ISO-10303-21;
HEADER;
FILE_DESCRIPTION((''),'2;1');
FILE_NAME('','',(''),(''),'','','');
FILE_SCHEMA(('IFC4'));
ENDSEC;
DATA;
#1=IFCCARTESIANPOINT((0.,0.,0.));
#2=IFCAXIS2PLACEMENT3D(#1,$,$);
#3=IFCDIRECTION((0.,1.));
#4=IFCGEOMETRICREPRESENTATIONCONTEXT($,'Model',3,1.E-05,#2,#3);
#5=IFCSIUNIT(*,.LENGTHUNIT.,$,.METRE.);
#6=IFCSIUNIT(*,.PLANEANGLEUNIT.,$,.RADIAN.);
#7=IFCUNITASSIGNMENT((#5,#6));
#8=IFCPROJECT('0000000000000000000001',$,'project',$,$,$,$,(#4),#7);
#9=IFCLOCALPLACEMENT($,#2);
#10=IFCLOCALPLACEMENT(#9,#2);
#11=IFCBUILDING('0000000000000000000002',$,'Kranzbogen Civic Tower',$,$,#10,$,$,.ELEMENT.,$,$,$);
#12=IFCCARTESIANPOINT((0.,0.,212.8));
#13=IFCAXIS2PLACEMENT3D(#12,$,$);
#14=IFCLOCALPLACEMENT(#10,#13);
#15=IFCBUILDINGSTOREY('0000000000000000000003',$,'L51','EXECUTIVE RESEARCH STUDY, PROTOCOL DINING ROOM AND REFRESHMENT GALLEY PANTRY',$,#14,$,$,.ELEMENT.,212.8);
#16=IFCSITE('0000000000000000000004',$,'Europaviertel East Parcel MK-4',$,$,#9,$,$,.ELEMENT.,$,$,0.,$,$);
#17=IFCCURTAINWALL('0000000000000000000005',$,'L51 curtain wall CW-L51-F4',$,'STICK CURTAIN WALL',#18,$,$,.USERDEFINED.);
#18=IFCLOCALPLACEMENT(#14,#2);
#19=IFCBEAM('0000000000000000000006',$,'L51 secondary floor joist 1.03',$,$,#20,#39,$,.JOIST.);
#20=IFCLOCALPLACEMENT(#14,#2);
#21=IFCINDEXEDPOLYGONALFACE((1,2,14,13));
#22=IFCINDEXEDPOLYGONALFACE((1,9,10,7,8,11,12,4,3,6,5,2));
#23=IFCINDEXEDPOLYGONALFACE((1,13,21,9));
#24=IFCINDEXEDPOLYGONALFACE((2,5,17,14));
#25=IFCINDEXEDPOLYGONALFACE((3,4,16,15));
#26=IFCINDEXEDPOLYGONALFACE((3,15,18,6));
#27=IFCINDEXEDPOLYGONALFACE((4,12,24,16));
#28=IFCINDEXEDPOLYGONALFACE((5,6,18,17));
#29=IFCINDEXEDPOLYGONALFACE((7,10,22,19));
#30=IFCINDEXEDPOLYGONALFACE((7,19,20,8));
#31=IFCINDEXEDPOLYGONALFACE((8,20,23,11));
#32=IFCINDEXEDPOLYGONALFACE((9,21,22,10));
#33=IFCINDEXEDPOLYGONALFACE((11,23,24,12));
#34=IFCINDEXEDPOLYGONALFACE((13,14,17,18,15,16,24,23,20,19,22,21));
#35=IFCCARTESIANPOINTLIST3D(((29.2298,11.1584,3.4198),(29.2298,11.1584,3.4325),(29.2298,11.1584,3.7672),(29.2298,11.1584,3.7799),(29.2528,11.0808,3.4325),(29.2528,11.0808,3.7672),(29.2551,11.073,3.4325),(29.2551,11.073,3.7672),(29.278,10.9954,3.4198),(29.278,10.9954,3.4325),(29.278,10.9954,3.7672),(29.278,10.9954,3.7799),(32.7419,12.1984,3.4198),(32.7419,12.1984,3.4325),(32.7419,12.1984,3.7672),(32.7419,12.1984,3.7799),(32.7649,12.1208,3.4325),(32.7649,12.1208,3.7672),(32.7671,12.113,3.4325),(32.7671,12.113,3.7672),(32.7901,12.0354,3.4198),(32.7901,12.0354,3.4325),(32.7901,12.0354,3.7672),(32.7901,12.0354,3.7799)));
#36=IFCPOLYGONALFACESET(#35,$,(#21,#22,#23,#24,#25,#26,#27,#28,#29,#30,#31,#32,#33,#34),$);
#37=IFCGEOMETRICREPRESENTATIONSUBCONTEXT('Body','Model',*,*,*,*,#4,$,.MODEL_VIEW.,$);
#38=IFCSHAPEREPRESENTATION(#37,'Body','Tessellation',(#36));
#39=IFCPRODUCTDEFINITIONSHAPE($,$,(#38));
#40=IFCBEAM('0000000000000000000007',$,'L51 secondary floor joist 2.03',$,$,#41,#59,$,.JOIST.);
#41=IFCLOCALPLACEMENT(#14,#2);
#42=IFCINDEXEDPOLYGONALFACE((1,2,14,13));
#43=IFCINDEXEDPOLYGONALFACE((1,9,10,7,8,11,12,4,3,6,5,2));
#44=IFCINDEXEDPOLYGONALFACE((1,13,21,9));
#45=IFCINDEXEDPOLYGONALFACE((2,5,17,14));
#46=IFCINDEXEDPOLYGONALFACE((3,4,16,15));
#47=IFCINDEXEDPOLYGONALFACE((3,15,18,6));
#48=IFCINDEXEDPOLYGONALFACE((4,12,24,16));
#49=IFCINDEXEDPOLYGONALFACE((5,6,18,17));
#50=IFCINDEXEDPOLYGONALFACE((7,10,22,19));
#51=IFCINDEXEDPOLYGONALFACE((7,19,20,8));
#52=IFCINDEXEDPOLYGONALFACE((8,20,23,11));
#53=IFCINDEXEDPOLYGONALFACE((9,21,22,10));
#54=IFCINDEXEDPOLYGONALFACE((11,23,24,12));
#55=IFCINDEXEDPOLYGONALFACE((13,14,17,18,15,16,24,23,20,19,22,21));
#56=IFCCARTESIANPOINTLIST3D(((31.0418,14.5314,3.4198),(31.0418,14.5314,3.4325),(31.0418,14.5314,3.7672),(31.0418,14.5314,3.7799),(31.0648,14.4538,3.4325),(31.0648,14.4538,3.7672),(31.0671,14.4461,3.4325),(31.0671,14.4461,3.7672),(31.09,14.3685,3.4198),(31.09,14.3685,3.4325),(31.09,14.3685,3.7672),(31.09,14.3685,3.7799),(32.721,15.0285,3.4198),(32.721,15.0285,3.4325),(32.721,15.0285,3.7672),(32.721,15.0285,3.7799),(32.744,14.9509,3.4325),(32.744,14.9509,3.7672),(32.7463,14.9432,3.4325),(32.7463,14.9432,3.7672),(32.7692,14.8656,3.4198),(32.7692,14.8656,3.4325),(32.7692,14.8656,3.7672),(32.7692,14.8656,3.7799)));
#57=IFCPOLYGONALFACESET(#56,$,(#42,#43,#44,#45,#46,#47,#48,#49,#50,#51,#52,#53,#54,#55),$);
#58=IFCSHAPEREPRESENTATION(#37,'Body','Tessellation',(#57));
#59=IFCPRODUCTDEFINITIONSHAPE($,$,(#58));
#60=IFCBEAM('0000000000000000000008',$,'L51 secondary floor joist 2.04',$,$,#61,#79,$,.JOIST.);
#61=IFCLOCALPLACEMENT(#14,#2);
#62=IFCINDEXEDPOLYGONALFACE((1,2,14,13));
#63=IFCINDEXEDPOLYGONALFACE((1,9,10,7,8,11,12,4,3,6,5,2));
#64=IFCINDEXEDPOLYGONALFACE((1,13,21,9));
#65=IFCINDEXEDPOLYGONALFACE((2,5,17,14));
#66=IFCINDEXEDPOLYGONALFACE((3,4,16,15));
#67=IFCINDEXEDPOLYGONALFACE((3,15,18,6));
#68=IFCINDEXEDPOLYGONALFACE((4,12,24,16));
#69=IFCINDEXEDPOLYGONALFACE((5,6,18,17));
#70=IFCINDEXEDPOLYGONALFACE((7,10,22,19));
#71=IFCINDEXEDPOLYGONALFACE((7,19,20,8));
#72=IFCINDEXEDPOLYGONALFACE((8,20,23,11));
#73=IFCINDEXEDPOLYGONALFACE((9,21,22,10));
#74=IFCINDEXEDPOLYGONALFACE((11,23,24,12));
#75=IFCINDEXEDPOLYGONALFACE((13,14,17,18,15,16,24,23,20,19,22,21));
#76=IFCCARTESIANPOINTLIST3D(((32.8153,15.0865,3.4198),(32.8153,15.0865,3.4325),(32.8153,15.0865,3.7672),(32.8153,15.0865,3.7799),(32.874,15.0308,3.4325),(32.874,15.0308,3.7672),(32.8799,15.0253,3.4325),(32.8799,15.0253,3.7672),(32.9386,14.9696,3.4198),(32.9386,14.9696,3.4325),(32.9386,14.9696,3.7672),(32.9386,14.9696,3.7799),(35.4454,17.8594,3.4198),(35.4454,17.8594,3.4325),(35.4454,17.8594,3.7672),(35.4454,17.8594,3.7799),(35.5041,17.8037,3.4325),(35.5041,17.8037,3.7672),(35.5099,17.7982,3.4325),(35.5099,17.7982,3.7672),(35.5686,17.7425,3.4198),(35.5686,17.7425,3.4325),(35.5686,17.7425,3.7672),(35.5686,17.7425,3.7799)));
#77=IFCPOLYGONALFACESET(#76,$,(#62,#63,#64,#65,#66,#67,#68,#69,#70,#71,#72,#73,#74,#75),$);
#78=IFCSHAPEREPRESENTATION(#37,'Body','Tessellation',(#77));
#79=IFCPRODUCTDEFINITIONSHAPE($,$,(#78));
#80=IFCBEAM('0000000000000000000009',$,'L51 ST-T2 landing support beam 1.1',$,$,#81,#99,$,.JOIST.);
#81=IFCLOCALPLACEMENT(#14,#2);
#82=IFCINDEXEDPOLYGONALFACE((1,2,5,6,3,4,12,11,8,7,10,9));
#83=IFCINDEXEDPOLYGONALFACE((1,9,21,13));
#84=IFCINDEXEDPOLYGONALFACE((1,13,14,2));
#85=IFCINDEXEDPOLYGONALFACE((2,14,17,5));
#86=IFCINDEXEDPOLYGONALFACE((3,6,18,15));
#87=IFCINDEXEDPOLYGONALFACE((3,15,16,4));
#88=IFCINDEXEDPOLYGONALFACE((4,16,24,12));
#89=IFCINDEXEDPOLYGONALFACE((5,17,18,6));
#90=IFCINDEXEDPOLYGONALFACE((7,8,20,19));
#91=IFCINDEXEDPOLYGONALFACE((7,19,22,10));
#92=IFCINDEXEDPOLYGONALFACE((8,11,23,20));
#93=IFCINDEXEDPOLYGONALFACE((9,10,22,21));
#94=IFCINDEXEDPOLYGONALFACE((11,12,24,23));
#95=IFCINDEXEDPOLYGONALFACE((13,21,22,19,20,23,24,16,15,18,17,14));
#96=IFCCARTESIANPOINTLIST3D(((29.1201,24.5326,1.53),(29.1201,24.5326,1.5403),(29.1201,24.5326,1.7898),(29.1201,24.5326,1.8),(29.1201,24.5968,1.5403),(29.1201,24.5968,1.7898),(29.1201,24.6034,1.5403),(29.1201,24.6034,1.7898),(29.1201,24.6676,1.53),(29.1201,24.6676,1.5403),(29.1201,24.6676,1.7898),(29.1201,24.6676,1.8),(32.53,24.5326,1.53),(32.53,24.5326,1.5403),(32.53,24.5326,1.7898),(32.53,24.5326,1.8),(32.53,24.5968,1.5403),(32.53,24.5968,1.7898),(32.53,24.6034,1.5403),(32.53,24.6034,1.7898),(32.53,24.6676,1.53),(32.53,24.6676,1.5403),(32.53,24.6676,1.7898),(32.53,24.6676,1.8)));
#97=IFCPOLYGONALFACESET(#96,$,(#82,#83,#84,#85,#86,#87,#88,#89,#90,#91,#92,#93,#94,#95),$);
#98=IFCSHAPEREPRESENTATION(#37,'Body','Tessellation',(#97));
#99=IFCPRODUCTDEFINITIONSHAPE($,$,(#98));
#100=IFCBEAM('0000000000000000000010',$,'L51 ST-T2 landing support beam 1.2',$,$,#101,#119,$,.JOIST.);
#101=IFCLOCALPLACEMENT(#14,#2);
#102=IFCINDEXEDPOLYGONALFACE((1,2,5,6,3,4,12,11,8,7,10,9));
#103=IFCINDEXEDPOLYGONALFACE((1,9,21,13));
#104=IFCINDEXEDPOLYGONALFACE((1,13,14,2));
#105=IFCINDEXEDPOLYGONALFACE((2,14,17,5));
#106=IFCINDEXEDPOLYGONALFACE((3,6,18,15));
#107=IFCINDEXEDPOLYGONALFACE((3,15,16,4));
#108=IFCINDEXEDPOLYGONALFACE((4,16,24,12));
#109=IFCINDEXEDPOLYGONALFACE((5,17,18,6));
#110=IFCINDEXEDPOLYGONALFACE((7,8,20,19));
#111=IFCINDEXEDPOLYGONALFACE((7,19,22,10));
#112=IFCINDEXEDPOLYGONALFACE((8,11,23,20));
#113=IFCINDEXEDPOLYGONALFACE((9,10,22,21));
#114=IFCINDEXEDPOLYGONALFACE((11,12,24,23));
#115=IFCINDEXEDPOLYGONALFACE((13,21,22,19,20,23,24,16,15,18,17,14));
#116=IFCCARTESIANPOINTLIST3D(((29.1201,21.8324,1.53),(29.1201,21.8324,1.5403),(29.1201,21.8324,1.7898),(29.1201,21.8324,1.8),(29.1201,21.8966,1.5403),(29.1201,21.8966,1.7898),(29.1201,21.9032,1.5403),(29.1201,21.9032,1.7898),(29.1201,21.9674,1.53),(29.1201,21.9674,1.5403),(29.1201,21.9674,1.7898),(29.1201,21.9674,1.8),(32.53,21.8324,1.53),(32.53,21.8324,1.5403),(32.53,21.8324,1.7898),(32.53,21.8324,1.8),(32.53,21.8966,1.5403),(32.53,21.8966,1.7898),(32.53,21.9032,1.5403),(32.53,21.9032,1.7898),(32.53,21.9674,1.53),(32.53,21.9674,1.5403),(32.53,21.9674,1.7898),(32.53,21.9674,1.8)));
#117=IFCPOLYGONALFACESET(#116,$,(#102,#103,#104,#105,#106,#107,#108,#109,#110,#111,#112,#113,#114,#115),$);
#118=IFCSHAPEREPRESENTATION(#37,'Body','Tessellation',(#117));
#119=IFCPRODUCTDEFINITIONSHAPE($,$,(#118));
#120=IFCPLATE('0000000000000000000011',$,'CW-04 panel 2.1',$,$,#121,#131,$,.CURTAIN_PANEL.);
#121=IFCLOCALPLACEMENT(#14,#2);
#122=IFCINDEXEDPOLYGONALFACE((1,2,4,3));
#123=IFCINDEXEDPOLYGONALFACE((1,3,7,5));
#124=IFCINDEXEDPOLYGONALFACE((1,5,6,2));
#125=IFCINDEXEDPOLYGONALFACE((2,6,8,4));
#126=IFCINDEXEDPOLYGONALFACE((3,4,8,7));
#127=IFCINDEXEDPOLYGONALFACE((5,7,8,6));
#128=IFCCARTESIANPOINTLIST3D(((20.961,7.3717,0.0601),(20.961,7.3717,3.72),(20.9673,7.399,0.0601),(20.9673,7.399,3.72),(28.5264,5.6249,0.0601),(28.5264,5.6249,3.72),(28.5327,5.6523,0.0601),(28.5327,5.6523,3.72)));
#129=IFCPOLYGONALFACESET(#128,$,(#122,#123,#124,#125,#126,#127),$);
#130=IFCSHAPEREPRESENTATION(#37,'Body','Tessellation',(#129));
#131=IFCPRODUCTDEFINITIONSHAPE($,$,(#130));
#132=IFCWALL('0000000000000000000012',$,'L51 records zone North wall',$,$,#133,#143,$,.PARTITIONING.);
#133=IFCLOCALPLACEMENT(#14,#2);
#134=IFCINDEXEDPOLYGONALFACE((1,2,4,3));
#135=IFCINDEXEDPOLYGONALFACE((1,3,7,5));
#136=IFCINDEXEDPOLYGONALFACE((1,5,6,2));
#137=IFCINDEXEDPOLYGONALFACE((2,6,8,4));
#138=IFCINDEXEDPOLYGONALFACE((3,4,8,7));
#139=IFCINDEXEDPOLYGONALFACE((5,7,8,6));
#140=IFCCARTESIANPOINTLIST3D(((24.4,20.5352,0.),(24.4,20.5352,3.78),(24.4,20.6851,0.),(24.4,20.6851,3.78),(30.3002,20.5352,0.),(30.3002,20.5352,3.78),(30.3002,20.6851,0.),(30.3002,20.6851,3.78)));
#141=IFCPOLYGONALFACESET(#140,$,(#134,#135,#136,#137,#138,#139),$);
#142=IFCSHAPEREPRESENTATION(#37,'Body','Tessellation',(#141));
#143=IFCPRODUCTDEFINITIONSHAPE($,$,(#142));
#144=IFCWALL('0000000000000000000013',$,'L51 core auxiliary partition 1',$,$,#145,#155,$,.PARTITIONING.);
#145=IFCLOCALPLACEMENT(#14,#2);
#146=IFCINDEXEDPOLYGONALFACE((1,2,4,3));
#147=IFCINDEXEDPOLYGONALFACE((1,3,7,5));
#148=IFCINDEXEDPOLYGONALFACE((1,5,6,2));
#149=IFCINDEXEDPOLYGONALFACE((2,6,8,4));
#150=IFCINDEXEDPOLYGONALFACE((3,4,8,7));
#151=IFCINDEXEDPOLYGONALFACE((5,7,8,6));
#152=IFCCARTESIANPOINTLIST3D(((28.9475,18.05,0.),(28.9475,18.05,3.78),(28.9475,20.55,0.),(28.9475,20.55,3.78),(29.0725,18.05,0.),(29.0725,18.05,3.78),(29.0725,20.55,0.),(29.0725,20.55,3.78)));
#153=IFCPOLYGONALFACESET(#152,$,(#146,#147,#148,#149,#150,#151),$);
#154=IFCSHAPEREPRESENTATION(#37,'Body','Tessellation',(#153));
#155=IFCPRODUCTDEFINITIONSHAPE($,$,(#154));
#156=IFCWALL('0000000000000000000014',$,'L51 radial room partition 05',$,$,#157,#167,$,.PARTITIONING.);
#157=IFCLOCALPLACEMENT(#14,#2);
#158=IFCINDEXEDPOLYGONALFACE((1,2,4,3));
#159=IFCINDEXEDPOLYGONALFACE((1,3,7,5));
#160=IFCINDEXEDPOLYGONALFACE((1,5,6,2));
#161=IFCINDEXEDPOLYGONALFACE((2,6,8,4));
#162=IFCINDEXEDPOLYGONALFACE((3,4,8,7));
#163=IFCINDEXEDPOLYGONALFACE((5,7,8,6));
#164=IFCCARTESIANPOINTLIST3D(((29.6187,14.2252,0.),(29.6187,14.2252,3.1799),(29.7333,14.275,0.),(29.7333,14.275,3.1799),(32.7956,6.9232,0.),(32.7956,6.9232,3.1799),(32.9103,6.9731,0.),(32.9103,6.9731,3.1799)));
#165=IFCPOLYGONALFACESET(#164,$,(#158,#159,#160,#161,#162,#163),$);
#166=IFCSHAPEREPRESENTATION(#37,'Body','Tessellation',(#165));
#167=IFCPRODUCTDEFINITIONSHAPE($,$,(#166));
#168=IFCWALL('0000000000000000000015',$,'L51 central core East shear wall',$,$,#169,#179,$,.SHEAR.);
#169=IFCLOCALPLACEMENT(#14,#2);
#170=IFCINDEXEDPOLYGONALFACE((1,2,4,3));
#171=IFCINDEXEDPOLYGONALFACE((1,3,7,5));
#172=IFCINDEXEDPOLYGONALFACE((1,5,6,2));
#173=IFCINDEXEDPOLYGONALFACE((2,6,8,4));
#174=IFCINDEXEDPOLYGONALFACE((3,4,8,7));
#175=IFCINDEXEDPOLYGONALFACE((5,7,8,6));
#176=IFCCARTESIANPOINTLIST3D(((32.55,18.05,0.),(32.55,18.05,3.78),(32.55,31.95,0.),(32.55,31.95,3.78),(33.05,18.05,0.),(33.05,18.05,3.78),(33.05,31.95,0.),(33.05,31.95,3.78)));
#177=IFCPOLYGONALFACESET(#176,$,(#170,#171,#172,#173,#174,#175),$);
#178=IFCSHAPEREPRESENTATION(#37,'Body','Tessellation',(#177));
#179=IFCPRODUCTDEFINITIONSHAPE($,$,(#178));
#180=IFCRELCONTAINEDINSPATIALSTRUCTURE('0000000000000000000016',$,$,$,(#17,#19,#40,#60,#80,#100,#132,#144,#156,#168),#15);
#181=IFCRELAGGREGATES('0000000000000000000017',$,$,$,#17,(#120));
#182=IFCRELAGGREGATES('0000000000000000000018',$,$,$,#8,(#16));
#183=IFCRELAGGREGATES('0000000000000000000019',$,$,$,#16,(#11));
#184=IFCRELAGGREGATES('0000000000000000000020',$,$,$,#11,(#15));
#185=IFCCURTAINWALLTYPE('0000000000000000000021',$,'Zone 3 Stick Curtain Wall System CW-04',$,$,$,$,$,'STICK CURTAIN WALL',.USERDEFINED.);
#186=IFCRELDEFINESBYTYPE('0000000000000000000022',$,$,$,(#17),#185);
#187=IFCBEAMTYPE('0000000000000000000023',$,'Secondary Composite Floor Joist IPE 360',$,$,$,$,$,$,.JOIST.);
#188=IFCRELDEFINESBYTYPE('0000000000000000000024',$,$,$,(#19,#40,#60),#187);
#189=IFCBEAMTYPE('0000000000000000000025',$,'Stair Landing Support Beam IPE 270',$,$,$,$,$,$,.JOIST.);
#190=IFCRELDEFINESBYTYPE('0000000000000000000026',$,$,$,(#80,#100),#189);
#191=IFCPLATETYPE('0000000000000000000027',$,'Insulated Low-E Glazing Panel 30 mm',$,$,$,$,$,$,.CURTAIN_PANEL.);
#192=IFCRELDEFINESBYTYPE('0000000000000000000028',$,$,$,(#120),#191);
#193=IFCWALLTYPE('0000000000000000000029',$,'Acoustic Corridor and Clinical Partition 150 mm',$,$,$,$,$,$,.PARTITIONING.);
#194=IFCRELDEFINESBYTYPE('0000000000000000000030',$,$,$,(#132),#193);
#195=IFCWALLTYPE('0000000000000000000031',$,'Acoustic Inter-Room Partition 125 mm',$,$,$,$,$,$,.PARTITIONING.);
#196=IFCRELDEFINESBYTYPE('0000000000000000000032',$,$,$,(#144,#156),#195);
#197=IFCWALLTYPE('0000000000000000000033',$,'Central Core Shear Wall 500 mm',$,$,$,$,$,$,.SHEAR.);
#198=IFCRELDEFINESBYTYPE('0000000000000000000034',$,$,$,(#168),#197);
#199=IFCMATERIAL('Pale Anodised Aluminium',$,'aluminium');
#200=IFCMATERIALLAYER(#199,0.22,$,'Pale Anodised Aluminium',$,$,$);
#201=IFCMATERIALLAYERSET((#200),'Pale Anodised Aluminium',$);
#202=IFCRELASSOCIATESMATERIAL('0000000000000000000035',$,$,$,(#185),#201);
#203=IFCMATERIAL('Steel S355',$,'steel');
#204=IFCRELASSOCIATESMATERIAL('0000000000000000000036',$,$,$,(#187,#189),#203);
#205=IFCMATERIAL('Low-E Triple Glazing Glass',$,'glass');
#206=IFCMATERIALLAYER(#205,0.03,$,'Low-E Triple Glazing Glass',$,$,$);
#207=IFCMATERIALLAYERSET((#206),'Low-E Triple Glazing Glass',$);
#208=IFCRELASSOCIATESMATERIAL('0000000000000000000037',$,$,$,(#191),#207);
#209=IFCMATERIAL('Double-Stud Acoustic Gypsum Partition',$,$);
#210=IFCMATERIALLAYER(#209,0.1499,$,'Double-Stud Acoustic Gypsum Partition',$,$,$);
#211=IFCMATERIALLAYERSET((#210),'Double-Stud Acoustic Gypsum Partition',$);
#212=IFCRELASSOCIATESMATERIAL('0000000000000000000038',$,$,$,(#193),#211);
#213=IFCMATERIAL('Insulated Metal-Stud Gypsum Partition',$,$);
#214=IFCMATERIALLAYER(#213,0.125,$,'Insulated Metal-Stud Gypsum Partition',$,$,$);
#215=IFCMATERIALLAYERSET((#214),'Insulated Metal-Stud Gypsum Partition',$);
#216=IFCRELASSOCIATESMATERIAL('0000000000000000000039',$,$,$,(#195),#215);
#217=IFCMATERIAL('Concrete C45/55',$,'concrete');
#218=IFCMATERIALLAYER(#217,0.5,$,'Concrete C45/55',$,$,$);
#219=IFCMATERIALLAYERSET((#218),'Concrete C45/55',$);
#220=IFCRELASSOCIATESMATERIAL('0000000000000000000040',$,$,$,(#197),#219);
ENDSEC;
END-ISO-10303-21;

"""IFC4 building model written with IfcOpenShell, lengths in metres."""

from ifc_helpers import new_model, si_unit, direction, frame, frame_2d, origin, origin_2d, place, context, subcontext, project, spatial, rectangle, i_section, extrude, material, layer, layer_set, material_profile, profile_set, type_object, element, aggregate, save


model = new_model("IFC4")

# Units and contexts
model_context = context("Model", 3, precision=1e-05, world=origin(), true_north=direction((0.0, 1.0)))
body_context = subcontext(model_context, "Body", "Model", "MODEL_VIEW")
ifc_project = project(units=[si_unit("LENGTHUNIT", "METRE"), si_unit("PLANEANGLEUNIT", "RADIAN")], contexts=[model_context])

# Site, building, storey
site_placement = place(None, origin())
site = spatial("IfcSite", under=ifc_project, at=site_placement, Name="Europaviertel East Parcel MK-4", CompositionType="ELEMENT", RefElevation=0.0)
building_placement = place(site_placement, origin())
building = spatial("IfcBuilding", under=site, at=building_placement, Name="Kranzbogen Civic Tower", CompositionType="ELEMENT")
storey_placement = place(building_placement, frame((0.0, 0.0, 212.8)))
storey = spatial("IfcBuildingStorey", under=building, at=storey_placement, Name="L51", Description="EXECUTIVE RESEARCH STUDY, PROTOCOL DINING ROOM AND REFRESHMENT GALLEY PANTRY", CompositionType="ELEMENT", Elevation=212.8)

# Shared definitions
ifc_material_1 = material(Name="Steel S355", Category="steel")

# Curtain wall
ifc_material_2 = material(Name="Pale Anodised Aluminium", Category="aluminium")
ifc_layer_1 = layer(ifc_material_2, 0.22, Name="Pale Anodised Aluminium")
ifc_layer_set_1 = layer_set([ifc_layer_1], Name="Pale Anodised Aluminium")
curtain_wall_type = type_object("IfcCurtainWallType", Name="Zone 3 Stick Curtain Wall System CW-04", ElementType="STICK CURTAIN WALL", PredefinedType="USERDEFINED", material=ifc_layer_set_1)
curtain_wall_placement = place(storey_placement, origin())
curtain_wall = element("IfcCurtainWall", 1, at=curtain_wall_placement, inside=storey, type_object=curtain_wall_type, Name="L51 curtain wall CW-L51-F4", ObjectType="STICK CURTAIN WALL", PredefinedType="USERDEFINED")

# Beams
ifc_material_profile_1 = material_profile(ifc_material_1, i_section(OverallWidth=0.1699, OverallDepth=0.3601, WebThickness=0.0081, FlangeThickness=0.0127, at=origin_2d()), Name="IPE 360")
ifc_profile_set_1 = profile_set([ifc_material_profile_1], Name="Steel S355")
beam_type_1 = type_object("IfcBeamType", Name="Secondary Composite Floor Joist IPE 360", PredefinedType="JOIST", material=ifc_profile_set_1)
beam_1_placement = place(storey_placement, frame((29.2539, 11.0769, 3.5999), z_axis=(0.958844, 0.283934, 0.0), x_axis=(-0.283934, 0.958844, 0.0)))
element("IfcBeam", 2, at=beam_1_placement, inside=storey, type_object=beam_type_1, Name="L51 secondary floor joist 1.03", PredefinedType="JOIST", context=body_context, shape_type="SweptSolid", body=[
    extrude(i_section(OverallWidth=0.1699, OverallDepth=0.3601, WebThickness=0.0081, FlangeThickness=0.0127, at=origin_2d()), origin(), (0.0, 0.0, 1.0), 3.6628),
])
beam_2_placement = place(storey_placement, frame((31.0659, 14.45, 3.5999), z_axis=(0.958871, 0.283841, 0.0), x_axis=(-0.283841, 0.958871, 0.0)))
element("IfcBeam", 3, at=beam_2_placement, inside=storey, type_object=beam_type_1, Name="L51 secondary floor joist 2.03", PredefinedType="JOIST", context=body_context, shape_type="SweptSolid", body=[
    extrude(i_section(OverallWidth=0.1699, OverallDepth=0.3601, WebThickness=0.0081, FlangeThickness=0.0127, at=origin_2d()), origin(), (0.0, 0.0, 1.0), 1.7512),
])
beam_3_placement = place(storey_placement, frame((32.877, 15.0281, 3.5999), z_axis=(0.688175, 0.725545, 0.0), x_axis=(-0.725545, 0.688175, 0.0)))
element("IfcBeam", 4, at=beam_3_placement, inside=storey, type_object=beam_type_1, Name="L51 secondary floor joist 2.04", PredefinedType="JOIST", context=body_context, shape_type="SweptSolid", body=[
    extrude(i_section(OverallWidth=0.1699, OverallDepth=0.3601, WebThickness=0.0081, FlangeThickness=0.0127, at=origin_2d()), origin(), (0.0, 0.0, 1.0), 3.8218),
])
ifc_material_profile_2 = material_profile(ifc_material_1, i_section(OverallWidth=0.135, OverallDepth=0.27, WebThickness=0.0066, FlangeThickness=0.0103, at=origin_2d()), Name="IPE 270")
ifc_profile_set_2 = profile_set([ifc_material_profile_2], Name="Steel S355")
beam_type_2 = type_object("IfcBeamType", Name="Stair Landing Support Beam IPE 270", PredefinedType="JOIST", material=ifc_profile_set_2)
for number, where, z_axis, x_axis, name in (
    (5, (29.1201, 24.6001, 1.665), (1.0, 0.0, 0.0), (0.0, 1.0, 0.0), "L51 ST-T2 landing support beam 1.1"),
    (6, (29.1201, 21.8999, 1.665), (1.0, 0.0, 0.0), (0.0, 1.0, 0.0), "L51 ST-T2 landing support beam 1.2"),
):
    element("IfcBeam", number, at=place(storey_placement, frame(where, z_axis=z_axis, x_axis=x_axis)), inside=storey, type_object=beam_type_2, Name=name, PredefinedType="JOIST", context=body_context, shape_type="SweptSolid", body=[
        extrude(i_section(OverallWidth=0.135, OverallDepth=0.27, WebThickness=0.0066, FlangeThickness=0.0103, at=origin_2d()), origin(), (0.0, 0.0, 1.0), 3.4099),
    ])

# Plate
ifc_material_3 = material(Name="Low-E Triple Glazing Glass", Category="glass")
ifc_layer_2 = layer(ifc_material_3, 0.03, Name="Low-E Triple Glazing Glass")
ifc_layer_set_2 = layer_set([ifc_layer_2], Name="Low-E Triple Glazing Glass")
plate_type = type_object("IfcPlateType", Name="Insulated Low-E Glazing Panel 30 mm", PredefinedType="CURTAIN_PANEL", material=ifc_layer_set_2)
plate_placement = place(storey_placement, frame((24.7468, 6.512, 0.0601), z_axis=(0.0, 0.0, 1.0), x_axis=(0.974365, -0.224971, 0.0)))
plate = element("IfcPlate", 7, at=plate_placement, type_object=plate_type, Name="CW-04 panel 2.1", PredefinedType="CURTAIN_PANEL", context=body_context, shape_type="SweptSolid", body=[
    extrude(rectangle(XDim=7.7644, YDim=0.0281, at=origin_2d()), origin(), (0.0, 0.0, 1.0), 3.6599),
])
aggregate(curtain_wall, [plate])

# Walls
ifc_material_4 = material(Name="Double-Stud Acoustic Gypsum Partition")
ifc_layer_3 = layer(ifc_material_4, 0.1499, Name="Double-Stud Acoustic Gypsum Partition")
ifc_layer_set_3 = layer_set([ifc_layer_3], Name="Double-Stud Acoustic Gypsum Partition")
wall_type_1 = type_object("IfcWallType", Name="Acoustic Corridor and Clinical Partition 150 mm", PredefinedType="PARTITIONING", material=ifc_layer_set_3)
wall_1_placement = place(storey_placement, frame((24.3999, 20.6101, 0.0), z_axis=(0.0, 0.0, 1.0), x_axis=(1.0, 0.0, 0.0)))
element("IfcWall", 8, at=wall_1_placement, inside=storey, type_object=wall_type_1, Name="L51 records zone North wall", PredefinedType="PARTITIONING", context=body_context, shape_type="SweptSolid", body=[
    extrude(rectangle(XDim=5.9001, YDim=0.1499, at=frame_2d((2.9502, 0.0))), origin(), (0.0, 0.0, 1.0), 3.78),
])
ifc_material_5 = material(Name="Insulated Metal-Stud Gypsum Partition")
ifc_layer_4 = layer(ifc_material_5, 0.125, Name="Insulated Metal-Stud Gypsum Partition")
ifc_layer_set_4 = layer_set([ifc_layer_4], Name="Insulated Metal-Stud Gypsum Partition")
wall_type_2 = type_object("IfcWallType", Name="Acoustic Inter-Room Partition 125 mm", PredefinedType="PARTITIONING", material=ifc_layer_set_4)
wall_2_placement = place(storey_placement, frame((29.01, 18.05, 0.0), z_axis=(0.0, 0.0, 1.0), x_axis=(0.0, 1.0, 0.0)))
element("IfcWall", 9, at=wall_2_placement, inside=storey, type_object=wall_type_2, Name="L51 core auxiliary partition 1", PredefinedType="PARTITIONING", context=body_context, shape_type="SweptSolid", body=[
    extrude(rectangle(XDim=2.5, YDim=0.125, at=frame_2d((1.25, 0.0))), origin(), (0.0, 0.0, 1.0), 3.78),
])
wall_3_placement = place(storey_placement, frame((29.676, 14.25, 0.0), z_axis=(0.0, 0.0, 1.0), x_axis=(0.39896, -0.916968, 0.0)))
element("IfcWall", 10, at=wall_3_placement, inside=storey, type_object=wall_type_2, Name="L51 radial room partition 05", PredefinedType="PARTITIONING", context=body_context, shape_type="SweptSolid", body=[
    extrude(rectangle(XDim=7.9631, YDim=0.125, at=frame_2d((3.9814, 0.0))), origin(), (0.0, 0.0, 1.0), 3.1799),
])
ifc_material_6 = material(Name="Concrete C45/55", Category="concrete")
ifc_layer_5 = layer(ifc_material_6, 0.5, Name="Concrete C45/55")
ifc_layer_set_5 = layer_set([ifc_layer_5], Name="Concrete C45/55")
wall_type_3 = type_object("IfcWallType", Name="Central Core Shear Wall 500 mm", PredefinedType="SHEAR", material=ifc_layer_set_5)
wall_4_placement = place(storey_placement, frame((32.8, 18.05, 0.0), z_axis=(0.0, 0.0, 1.0), x_axis=(0.0, 1.0, 0.0)))
element("IfcWall", 11, at=wall_4_placement, inside=storey, type_object=wall_type_3, Name="L51 central core East shear wall", PredefinedType="SHEAR", context=body_context, shape_type="SweptSolid", body=[
    extrude(rectangle(XDim=13.8999, YDim=0.5, at=frame_2d((6.95, 0.0))), origin(), (0.0, 0.0, 1.0), 3.78),
])

save(model, "model.ifc")
